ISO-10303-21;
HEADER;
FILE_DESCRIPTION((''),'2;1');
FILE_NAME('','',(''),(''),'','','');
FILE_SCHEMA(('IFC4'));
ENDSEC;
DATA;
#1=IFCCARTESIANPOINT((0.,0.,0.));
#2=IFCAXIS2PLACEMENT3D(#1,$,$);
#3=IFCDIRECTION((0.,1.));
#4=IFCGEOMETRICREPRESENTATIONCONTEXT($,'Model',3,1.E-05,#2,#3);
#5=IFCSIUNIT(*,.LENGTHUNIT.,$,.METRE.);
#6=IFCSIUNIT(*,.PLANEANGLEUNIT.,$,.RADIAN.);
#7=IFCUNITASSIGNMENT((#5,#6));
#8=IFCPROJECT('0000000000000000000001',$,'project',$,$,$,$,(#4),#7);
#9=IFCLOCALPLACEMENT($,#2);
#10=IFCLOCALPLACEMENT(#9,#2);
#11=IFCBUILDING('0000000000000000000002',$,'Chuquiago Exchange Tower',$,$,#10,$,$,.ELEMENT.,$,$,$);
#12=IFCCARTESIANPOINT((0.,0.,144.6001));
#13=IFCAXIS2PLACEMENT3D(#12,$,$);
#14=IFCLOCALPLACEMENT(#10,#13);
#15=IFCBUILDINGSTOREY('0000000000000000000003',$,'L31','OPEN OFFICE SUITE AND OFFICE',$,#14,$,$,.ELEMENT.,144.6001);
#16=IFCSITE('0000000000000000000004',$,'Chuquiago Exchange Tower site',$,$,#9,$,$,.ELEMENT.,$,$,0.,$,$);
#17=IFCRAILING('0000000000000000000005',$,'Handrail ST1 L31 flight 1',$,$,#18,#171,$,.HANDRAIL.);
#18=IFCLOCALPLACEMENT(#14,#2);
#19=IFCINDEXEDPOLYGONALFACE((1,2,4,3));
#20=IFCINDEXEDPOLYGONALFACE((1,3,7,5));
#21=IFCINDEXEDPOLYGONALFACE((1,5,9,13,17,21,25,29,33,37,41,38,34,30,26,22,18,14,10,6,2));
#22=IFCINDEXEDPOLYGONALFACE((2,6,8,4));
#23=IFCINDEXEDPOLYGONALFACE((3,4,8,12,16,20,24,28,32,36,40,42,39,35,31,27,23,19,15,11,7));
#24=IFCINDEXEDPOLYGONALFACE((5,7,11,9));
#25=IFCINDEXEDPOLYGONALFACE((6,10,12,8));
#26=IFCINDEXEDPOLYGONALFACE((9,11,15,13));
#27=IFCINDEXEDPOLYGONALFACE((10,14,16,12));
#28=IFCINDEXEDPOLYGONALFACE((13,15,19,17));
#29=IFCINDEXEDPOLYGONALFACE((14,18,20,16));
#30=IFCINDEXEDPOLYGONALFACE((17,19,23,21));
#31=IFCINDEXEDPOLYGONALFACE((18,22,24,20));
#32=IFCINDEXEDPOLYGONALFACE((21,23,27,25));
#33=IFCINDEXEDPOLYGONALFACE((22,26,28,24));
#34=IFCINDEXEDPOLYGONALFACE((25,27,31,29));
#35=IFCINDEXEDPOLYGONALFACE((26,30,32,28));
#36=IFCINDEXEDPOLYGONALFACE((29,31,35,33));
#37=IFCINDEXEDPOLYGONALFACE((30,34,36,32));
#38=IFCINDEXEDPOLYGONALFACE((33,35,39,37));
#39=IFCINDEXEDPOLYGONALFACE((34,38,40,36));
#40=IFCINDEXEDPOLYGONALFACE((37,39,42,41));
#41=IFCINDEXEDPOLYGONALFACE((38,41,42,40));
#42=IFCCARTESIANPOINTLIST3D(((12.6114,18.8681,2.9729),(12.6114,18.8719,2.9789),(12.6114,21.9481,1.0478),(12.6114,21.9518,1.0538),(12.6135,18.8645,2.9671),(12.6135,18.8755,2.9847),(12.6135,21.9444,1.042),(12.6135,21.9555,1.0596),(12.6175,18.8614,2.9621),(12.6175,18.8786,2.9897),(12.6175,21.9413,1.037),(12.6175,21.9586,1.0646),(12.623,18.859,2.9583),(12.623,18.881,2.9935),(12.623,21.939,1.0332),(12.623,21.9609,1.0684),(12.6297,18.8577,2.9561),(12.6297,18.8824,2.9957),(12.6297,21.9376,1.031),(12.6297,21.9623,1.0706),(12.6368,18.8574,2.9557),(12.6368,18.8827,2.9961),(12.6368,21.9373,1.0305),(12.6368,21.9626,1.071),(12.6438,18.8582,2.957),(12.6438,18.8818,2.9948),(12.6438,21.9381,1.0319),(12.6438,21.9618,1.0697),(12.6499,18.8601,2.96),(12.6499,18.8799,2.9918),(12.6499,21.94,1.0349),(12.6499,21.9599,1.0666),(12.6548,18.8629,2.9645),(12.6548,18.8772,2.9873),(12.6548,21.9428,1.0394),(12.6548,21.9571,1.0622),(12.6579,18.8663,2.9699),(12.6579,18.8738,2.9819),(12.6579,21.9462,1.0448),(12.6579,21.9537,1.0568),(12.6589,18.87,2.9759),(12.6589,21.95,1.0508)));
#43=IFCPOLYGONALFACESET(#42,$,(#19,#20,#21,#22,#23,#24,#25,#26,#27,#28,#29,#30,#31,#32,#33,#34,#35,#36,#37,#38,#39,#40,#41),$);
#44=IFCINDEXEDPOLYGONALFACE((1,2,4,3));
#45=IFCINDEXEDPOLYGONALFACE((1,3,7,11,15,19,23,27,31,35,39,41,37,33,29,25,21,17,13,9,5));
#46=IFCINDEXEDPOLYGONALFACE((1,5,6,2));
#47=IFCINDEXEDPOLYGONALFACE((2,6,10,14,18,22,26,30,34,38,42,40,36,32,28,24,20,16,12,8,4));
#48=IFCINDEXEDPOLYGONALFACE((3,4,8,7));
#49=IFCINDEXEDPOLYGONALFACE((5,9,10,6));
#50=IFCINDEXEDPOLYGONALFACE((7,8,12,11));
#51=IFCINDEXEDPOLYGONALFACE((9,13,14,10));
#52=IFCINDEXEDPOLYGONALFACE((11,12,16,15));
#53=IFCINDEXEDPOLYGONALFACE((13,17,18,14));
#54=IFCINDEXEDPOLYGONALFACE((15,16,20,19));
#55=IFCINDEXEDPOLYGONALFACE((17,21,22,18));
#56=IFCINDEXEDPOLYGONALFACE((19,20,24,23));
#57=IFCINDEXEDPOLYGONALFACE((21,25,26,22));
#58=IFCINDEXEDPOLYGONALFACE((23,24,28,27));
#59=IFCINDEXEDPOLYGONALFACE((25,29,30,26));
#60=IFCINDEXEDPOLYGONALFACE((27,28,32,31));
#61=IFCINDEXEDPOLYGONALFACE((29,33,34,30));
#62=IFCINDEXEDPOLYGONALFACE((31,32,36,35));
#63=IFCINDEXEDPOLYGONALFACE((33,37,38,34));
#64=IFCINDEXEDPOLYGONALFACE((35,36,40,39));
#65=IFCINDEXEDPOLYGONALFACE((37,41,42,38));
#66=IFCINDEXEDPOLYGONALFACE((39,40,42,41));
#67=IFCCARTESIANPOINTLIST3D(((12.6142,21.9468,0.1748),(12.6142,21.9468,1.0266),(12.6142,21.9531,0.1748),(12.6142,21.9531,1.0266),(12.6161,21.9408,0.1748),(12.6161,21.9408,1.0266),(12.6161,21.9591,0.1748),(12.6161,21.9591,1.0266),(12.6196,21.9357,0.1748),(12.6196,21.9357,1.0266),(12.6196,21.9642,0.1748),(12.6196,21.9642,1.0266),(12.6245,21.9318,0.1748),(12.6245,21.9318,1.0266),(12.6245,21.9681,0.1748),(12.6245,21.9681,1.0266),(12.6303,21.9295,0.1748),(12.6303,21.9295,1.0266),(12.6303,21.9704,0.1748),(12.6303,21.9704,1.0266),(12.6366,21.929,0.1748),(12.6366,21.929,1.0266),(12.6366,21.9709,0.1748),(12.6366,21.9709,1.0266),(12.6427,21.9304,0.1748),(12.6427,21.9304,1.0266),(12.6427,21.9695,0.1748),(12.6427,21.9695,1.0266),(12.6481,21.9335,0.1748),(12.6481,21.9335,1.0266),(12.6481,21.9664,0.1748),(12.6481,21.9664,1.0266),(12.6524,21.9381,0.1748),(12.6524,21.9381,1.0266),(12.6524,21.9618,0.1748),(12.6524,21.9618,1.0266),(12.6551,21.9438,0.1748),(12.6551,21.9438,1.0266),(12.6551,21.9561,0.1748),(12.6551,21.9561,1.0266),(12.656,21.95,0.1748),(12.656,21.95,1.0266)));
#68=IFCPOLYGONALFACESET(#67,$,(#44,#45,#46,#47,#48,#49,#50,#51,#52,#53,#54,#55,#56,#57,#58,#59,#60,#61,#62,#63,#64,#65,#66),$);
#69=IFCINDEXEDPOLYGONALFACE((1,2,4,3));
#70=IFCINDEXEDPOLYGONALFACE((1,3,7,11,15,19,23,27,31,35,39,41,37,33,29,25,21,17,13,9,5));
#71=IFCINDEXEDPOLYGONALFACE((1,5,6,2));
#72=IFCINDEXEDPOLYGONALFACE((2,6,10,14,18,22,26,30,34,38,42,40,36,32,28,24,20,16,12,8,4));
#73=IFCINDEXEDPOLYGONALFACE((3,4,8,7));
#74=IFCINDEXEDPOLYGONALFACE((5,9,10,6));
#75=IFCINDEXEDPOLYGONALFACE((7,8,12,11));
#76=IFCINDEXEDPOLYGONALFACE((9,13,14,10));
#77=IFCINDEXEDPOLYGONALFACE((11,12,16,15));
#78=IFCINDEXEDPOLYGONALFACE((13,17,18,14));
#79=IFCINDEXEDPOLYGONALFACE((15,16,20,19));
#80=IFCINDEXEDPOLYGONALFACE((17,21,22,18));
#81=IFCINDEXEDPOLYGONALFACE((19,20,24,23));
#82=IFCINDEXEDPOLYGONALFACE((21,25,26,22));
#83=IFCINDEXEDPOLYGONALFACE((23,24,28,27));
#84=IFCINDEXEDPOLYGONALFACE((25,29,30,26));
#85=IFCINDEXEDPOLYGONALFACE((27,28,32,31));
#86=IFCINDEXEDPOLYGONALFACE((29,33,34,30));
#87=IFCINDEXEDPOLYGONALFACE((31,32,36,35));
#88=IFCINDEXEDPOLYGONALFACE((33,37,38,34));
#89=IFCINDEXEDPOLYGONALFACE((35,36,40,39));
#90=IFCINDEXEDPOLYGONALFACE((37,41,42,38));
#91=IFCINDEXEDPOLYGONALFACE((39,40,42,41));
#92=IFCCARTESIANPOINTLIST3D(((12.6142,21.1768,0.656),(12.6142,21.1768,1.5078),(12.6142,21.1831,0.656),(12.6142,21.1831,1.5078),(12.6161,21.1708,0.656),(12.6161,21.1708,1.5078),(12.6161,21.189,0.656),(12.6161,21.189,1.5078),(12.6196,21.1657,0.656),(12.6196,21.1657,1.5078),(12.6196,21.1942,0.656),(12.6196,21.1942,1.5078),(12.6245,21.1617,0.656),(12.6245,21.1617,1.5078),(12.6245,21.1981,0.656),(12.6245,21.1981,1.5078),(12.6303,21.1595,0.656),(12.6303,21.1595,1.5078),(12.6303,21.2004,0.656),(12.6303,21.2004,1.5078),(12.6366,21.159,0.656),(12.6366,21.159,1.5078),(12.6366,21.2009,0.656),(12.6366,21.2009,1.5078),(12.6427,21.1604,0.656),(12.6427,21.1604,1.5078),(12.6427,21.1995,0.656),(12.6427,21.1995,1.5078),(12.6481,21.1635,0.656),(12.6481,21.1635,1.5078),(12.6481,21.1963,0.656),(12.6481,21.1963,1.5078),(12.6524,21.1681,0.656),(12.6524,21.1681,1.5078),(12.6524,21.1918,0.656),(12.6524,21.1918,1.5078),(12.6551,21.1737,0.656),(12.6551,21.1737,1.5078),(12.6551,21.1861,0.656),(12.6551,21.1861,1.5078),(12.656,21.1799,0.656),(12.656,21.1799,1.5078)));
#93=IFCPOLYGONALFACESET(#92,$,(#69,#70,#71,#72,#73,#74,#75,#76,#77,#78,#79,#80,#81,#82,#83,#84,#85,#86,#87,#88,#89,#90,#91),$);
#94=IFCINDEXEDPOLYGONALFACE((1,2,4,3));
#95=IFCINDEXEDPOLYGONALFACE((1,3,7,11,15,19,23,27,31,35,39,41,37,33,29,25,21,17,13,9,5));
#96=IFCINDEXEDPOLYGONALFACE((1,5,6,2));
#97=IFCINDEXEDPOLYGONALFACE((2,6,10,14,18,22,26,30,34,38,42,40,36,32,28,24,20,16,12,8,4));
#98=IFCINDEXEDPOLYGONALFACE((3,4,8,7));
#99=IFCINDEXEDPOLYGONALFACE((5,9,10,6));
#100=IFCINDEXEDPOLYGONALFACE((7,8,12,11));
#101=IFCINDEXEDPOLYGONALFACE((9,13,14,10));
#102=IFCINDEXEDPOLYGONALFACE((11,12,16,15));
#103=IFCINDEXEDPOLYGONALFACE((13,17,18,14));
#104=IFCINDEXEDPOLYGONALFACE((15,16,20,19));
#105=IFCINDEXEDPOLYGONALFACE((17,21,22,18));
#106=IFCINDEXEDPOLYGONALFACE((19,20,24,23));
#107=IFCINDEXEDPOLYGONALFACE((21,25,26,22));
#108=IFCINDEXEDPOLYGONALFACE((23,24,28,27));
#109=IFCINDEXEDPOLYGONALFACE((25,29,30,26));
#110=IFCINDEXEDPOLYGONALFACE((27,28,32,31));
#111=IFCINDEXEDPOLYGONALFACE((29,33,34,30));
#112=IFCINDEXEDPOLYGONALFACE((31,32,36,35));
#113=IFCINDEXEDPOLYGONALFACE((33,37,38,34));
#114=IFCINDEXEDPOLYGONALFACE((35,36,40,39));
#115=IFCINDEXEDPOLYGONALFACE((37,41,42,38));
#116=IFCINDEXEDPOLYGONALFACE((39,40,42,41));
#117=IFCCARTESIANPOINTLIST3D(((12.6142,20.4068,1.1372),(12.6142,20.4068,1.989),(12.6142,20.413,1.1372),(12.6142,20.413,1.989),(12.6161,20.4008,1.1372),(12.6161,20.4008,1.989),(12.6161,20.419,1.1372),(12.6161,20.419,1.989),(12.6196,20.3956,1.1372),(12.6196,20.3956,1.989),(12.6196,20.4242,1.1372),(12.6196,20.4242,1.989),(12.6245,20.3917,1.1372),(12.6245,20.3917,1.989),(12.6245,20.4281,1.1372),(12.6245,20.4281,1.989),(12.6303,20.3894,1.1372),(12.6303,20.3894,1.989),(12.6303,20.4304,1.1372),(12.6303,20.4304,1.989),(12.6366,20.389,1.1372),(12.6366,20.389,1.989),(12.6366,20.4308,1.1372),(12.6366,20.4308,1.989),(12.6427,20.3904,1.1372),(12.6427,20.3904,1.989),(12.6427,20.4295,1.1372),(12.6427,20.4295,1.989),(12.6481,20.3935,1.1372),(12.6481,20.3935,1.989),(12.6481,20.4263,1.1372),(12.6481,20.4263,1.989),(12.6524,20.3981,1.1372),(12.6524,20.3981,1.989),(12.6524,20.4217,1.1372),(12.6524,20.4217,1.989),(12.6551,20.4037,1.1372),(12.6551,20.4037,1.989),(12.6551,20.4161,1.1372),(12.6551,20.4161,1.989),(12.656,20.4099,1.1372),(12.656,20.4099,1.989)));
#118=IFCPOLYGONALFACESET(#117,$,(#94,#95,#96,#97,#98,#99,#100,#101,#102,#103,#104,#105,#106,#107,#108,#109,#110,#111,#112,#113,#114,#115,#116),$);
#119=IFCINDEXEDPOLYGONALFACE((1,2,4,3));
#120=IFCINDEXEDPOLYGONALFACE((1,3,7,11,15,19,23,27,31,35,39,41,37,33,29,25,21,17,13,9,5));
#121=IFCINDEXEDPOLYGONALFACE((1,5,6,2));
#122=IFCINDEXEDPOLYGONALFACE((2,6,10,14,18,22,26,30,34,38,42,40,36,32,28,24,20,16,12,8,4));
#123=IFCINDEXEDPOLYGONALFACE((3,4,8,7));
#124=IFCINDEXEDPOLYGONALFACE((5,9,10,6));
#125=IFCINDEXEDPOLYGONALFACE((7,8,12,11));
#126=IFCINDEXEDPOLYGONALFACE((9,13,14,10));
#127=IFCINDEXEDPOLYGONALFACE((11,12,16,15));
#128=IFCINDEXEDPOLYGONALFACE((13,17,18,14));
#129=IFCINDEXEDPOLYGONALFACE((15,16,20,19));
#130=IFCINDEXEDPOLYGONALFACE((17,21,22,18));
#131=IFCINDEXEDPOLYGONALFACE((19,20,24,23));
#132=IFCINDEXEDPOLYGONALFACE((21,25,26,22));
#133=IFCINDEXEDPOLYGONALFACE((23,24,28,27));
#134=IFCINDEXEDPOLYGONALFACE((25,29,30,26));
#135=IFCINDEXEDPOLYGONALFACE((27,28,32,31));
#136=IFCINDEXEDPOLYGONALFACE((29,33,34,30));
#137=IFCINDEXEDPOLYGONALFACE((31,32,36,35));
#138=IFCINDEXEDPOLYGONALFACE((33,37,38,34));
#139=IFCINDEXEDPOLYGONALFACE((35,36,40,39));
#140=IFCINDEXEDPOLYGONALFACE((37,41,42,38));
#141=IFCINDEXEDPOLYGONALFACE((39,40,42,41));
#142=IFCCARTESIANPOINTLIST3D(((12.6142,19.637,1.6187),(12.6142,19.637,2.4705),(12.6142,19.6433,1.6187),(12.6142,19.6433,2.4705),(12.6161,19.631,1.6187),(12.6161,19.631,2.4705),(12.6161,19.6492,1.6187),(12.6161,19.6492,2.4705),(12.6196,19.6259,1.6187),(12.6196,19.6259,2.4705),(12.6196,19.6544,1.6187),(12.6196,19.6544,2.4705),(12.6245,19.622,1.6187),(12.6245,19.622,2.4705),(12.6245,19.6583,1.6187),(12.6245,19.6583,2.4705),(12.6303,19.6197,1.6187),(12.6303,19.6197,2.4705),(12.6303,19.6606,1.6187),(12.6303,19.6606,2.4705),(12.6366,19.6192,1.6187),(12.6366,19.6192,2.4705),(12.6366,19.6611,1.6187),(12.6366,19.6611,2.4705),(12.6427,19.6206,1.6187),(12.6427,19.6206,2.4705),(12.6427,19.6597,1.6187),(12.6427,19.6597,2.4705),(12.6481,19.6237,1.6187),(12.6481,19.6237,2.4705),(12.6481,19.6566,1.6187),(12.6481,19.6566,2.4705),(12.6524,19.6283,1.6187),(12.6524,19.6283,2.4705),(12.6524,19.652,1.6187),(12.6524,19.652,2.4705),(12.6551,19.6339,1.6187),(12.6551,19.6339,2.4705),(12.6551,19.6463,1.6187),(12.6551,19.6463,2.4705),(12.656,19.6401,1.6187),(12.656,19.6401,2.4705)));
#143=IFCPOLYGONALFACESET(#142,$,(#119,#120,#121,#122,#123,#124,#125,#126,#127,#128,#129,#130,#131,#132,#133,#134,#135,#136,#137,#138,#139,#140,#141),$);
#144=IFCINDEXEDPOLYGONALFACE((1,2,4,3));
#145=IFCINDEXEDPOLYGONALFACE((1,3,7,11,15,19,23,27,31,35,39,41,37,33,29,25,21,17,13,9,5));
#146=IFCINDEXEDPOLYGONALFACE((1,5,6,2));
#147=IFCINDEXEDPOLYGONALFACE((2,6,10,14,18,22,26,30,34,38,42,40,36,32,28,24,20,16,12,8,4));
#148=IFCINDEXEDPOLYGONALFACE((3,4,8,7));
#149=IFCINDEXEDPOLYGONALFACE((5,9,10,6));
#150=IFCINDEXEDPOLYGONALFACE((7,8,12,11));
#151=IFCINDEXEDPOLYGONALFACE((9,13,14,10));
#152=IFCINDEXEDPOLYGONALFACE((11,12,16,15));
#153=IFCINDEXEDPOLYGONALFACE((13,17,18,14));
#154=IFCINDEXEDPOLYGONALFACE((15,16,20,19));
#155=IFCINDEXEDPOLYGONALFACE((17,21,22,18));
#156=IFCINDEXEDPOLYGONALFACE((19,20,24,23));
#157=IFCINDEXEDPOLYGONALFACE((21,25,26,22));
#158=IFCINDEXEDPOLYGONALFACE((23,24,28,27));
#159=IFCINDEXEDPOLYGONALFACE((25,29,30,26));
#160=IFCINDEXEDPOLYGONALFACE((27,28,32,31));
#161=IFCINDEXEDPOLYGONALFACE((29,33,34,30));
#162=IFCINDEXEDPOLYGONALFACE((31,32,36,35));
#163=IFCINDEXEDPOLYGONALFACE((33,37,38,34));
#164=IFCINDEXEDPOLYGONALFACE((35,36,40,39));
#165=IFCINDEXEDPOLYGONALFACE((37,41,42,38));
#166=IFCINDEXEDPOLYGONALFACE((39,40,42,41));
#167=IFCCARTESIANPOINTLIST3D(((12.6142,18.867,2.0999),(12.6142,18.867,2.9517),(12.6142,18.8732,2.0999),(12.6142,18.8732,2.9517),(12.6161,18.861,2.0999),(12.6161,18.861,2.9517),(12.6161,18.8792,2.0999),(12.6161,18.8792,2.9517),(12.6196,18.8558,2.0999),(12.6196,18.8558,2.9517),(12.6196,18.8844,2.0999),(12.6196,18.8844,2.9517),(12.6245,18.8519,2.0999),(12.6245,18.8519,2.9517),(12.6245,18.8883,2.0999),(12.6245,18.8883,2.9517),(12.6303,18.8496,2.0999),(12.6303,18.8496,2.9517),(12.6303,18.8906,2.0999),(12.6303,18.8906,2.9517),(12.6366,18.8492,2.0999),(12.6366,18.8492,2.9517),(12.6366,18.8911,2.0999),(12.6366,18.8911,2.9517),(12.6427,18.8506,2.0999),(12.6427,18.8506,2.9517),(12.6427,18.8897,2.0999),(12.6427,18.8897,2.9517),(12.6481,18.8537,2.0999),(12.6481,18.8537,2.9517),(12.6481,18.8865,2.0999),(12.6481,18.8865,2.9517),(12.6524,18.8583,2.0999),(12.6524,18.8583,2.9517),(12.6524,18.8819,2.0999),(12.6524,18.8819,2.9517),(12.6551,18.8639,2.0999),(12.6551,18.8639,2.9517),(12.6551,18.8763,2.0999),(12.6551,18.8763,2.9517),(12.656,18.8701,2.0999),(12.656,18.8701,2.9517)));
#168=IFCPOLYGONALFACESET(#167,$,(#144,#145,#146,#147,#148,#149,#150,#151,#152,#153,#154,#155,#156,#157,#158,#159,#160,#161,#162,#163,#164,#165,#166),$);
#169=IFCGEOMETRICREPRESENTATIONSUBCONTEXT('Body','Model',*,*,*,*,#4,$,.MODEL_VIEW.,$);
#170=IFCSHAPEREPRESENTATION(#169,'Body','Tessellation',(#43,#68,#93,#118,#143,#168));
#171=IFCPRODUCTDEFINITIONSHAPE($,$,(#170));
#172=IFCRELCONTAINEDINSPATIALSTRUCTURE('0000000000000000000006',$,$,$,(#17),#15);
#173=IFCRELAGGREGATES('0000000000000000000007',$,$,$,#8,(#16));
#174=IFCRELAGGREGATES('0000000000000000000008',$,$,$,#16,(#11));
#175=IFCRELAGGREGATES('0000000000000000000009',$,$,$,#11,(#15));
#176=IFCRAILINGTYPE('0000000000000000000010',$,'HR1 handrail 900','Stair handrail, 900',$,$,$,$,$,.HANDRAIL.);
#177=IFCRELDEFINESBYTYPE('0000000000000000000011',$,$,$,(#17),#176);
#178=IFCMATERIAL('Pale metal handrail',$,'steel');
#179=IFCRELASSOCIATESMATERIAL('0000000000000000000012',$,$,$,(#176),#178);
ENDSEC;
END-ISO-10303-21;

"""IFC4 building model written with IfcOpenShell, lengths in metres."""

from ifc_helpers import new_model, si_unit, direction, frame, origin, origin_2d, place, context, subcontext, project, spatial, circle, extrude, material, type_object, element, save


model = new_model("IFC4")

# Units and contexts
model_context = context("Model", 3, precision=1e-05, world=origin(), true_north=direction((0.0, 1.0)))
body_context = subcontext(model_context, "Body", "Model", "MODEL_VIEW")
ifc_project = project(units=[si_unit("LENGTHUNIT", "METRE"), si_unit("PLANEANGLEUNIT", "RADIAN")], contexts=[model_context])

# Site, building, storey
site_placement = place(None, origin())
site = spatial("IfcSite", under=ifc_project, at=site_placement, Name="Chuquiago Exchange Tower site", CompositionType="ELEMENT", RefElevation=0.0)
building_placement = place(site_placement, origin())
building = spatial("IfcBuilding", under=site, at=building_placement, Name="Chuquiago Exchange Tower", CompositionType="ELEMENT")
storey_placement = place(building_placement, frame((0.0, 0.0, 144.6001)))
storey = spatial("IfcBuildingStorey", under=building, at=storey_placement, Name="L31", Description="OPEN OFFICE SUITE AND OFFICE", CompositionType="ELEMENT", Elevation=144.6001)

# Railing
ifc_material_1 = material(Name="Pale metal handrail", Category="steel")
railing_type = type_object("IfcRailingType", Name="HR1 handrail 900", Description="Stair handrail, 900", PredefinedType="HANDRAIL", material=ifc_material_1)
for number, where, name in (
    (1, (12.635, 21.95, 0.1748), "Handrail ST1 L31 flight 1"),
):
    element("IfcRailing", number, at=place(storey_placement, frame(where)), inside=storey, type_object=railing_type, Name=name, PredefinedType="HANDRAIL", context=body_context, shape_type="SweptSolid", body=[
        extrude(circle(Radius=0.0239, at=origin_2d()), frame((0.0, 0.0, 0.876), z_axis=(0.0, -0.847979, 0.530029), x_axis=(1.0, 0.0, 0.0)), (0.0, 0.0, 1.0), 3.6321),
        extrude(circle(Radius=0.021, at=origin_2d()), origin(), (0.0, 0.0, 1.0), 0.8518),
        extrude(circle(Radius=0.021, at=origin_2d()), frame((0.0, -0.77, 0.4812)), (0.0, 0.0, 1.0), 0.8518),
        extrude(circle(Radius=0.021, at=origin_2d()), frame((0.0, -1.54, 0.9624)), (0.0, 0.0, 1.0), 0.8518),
        extrude(circle(Radius=0.021, at=origin_2d()), frame((0.0, -2.3098, 1.4438)), (0.0, 0.0, 1.0), 0.8518),
        extrude(circle(Radius=0.021, at=origin_2d()), frame((0.0, -3.0798, 1.925)), (0.0, 0.0, 1.0), 0.8518),
    ])

save(model, "model.ifc")
